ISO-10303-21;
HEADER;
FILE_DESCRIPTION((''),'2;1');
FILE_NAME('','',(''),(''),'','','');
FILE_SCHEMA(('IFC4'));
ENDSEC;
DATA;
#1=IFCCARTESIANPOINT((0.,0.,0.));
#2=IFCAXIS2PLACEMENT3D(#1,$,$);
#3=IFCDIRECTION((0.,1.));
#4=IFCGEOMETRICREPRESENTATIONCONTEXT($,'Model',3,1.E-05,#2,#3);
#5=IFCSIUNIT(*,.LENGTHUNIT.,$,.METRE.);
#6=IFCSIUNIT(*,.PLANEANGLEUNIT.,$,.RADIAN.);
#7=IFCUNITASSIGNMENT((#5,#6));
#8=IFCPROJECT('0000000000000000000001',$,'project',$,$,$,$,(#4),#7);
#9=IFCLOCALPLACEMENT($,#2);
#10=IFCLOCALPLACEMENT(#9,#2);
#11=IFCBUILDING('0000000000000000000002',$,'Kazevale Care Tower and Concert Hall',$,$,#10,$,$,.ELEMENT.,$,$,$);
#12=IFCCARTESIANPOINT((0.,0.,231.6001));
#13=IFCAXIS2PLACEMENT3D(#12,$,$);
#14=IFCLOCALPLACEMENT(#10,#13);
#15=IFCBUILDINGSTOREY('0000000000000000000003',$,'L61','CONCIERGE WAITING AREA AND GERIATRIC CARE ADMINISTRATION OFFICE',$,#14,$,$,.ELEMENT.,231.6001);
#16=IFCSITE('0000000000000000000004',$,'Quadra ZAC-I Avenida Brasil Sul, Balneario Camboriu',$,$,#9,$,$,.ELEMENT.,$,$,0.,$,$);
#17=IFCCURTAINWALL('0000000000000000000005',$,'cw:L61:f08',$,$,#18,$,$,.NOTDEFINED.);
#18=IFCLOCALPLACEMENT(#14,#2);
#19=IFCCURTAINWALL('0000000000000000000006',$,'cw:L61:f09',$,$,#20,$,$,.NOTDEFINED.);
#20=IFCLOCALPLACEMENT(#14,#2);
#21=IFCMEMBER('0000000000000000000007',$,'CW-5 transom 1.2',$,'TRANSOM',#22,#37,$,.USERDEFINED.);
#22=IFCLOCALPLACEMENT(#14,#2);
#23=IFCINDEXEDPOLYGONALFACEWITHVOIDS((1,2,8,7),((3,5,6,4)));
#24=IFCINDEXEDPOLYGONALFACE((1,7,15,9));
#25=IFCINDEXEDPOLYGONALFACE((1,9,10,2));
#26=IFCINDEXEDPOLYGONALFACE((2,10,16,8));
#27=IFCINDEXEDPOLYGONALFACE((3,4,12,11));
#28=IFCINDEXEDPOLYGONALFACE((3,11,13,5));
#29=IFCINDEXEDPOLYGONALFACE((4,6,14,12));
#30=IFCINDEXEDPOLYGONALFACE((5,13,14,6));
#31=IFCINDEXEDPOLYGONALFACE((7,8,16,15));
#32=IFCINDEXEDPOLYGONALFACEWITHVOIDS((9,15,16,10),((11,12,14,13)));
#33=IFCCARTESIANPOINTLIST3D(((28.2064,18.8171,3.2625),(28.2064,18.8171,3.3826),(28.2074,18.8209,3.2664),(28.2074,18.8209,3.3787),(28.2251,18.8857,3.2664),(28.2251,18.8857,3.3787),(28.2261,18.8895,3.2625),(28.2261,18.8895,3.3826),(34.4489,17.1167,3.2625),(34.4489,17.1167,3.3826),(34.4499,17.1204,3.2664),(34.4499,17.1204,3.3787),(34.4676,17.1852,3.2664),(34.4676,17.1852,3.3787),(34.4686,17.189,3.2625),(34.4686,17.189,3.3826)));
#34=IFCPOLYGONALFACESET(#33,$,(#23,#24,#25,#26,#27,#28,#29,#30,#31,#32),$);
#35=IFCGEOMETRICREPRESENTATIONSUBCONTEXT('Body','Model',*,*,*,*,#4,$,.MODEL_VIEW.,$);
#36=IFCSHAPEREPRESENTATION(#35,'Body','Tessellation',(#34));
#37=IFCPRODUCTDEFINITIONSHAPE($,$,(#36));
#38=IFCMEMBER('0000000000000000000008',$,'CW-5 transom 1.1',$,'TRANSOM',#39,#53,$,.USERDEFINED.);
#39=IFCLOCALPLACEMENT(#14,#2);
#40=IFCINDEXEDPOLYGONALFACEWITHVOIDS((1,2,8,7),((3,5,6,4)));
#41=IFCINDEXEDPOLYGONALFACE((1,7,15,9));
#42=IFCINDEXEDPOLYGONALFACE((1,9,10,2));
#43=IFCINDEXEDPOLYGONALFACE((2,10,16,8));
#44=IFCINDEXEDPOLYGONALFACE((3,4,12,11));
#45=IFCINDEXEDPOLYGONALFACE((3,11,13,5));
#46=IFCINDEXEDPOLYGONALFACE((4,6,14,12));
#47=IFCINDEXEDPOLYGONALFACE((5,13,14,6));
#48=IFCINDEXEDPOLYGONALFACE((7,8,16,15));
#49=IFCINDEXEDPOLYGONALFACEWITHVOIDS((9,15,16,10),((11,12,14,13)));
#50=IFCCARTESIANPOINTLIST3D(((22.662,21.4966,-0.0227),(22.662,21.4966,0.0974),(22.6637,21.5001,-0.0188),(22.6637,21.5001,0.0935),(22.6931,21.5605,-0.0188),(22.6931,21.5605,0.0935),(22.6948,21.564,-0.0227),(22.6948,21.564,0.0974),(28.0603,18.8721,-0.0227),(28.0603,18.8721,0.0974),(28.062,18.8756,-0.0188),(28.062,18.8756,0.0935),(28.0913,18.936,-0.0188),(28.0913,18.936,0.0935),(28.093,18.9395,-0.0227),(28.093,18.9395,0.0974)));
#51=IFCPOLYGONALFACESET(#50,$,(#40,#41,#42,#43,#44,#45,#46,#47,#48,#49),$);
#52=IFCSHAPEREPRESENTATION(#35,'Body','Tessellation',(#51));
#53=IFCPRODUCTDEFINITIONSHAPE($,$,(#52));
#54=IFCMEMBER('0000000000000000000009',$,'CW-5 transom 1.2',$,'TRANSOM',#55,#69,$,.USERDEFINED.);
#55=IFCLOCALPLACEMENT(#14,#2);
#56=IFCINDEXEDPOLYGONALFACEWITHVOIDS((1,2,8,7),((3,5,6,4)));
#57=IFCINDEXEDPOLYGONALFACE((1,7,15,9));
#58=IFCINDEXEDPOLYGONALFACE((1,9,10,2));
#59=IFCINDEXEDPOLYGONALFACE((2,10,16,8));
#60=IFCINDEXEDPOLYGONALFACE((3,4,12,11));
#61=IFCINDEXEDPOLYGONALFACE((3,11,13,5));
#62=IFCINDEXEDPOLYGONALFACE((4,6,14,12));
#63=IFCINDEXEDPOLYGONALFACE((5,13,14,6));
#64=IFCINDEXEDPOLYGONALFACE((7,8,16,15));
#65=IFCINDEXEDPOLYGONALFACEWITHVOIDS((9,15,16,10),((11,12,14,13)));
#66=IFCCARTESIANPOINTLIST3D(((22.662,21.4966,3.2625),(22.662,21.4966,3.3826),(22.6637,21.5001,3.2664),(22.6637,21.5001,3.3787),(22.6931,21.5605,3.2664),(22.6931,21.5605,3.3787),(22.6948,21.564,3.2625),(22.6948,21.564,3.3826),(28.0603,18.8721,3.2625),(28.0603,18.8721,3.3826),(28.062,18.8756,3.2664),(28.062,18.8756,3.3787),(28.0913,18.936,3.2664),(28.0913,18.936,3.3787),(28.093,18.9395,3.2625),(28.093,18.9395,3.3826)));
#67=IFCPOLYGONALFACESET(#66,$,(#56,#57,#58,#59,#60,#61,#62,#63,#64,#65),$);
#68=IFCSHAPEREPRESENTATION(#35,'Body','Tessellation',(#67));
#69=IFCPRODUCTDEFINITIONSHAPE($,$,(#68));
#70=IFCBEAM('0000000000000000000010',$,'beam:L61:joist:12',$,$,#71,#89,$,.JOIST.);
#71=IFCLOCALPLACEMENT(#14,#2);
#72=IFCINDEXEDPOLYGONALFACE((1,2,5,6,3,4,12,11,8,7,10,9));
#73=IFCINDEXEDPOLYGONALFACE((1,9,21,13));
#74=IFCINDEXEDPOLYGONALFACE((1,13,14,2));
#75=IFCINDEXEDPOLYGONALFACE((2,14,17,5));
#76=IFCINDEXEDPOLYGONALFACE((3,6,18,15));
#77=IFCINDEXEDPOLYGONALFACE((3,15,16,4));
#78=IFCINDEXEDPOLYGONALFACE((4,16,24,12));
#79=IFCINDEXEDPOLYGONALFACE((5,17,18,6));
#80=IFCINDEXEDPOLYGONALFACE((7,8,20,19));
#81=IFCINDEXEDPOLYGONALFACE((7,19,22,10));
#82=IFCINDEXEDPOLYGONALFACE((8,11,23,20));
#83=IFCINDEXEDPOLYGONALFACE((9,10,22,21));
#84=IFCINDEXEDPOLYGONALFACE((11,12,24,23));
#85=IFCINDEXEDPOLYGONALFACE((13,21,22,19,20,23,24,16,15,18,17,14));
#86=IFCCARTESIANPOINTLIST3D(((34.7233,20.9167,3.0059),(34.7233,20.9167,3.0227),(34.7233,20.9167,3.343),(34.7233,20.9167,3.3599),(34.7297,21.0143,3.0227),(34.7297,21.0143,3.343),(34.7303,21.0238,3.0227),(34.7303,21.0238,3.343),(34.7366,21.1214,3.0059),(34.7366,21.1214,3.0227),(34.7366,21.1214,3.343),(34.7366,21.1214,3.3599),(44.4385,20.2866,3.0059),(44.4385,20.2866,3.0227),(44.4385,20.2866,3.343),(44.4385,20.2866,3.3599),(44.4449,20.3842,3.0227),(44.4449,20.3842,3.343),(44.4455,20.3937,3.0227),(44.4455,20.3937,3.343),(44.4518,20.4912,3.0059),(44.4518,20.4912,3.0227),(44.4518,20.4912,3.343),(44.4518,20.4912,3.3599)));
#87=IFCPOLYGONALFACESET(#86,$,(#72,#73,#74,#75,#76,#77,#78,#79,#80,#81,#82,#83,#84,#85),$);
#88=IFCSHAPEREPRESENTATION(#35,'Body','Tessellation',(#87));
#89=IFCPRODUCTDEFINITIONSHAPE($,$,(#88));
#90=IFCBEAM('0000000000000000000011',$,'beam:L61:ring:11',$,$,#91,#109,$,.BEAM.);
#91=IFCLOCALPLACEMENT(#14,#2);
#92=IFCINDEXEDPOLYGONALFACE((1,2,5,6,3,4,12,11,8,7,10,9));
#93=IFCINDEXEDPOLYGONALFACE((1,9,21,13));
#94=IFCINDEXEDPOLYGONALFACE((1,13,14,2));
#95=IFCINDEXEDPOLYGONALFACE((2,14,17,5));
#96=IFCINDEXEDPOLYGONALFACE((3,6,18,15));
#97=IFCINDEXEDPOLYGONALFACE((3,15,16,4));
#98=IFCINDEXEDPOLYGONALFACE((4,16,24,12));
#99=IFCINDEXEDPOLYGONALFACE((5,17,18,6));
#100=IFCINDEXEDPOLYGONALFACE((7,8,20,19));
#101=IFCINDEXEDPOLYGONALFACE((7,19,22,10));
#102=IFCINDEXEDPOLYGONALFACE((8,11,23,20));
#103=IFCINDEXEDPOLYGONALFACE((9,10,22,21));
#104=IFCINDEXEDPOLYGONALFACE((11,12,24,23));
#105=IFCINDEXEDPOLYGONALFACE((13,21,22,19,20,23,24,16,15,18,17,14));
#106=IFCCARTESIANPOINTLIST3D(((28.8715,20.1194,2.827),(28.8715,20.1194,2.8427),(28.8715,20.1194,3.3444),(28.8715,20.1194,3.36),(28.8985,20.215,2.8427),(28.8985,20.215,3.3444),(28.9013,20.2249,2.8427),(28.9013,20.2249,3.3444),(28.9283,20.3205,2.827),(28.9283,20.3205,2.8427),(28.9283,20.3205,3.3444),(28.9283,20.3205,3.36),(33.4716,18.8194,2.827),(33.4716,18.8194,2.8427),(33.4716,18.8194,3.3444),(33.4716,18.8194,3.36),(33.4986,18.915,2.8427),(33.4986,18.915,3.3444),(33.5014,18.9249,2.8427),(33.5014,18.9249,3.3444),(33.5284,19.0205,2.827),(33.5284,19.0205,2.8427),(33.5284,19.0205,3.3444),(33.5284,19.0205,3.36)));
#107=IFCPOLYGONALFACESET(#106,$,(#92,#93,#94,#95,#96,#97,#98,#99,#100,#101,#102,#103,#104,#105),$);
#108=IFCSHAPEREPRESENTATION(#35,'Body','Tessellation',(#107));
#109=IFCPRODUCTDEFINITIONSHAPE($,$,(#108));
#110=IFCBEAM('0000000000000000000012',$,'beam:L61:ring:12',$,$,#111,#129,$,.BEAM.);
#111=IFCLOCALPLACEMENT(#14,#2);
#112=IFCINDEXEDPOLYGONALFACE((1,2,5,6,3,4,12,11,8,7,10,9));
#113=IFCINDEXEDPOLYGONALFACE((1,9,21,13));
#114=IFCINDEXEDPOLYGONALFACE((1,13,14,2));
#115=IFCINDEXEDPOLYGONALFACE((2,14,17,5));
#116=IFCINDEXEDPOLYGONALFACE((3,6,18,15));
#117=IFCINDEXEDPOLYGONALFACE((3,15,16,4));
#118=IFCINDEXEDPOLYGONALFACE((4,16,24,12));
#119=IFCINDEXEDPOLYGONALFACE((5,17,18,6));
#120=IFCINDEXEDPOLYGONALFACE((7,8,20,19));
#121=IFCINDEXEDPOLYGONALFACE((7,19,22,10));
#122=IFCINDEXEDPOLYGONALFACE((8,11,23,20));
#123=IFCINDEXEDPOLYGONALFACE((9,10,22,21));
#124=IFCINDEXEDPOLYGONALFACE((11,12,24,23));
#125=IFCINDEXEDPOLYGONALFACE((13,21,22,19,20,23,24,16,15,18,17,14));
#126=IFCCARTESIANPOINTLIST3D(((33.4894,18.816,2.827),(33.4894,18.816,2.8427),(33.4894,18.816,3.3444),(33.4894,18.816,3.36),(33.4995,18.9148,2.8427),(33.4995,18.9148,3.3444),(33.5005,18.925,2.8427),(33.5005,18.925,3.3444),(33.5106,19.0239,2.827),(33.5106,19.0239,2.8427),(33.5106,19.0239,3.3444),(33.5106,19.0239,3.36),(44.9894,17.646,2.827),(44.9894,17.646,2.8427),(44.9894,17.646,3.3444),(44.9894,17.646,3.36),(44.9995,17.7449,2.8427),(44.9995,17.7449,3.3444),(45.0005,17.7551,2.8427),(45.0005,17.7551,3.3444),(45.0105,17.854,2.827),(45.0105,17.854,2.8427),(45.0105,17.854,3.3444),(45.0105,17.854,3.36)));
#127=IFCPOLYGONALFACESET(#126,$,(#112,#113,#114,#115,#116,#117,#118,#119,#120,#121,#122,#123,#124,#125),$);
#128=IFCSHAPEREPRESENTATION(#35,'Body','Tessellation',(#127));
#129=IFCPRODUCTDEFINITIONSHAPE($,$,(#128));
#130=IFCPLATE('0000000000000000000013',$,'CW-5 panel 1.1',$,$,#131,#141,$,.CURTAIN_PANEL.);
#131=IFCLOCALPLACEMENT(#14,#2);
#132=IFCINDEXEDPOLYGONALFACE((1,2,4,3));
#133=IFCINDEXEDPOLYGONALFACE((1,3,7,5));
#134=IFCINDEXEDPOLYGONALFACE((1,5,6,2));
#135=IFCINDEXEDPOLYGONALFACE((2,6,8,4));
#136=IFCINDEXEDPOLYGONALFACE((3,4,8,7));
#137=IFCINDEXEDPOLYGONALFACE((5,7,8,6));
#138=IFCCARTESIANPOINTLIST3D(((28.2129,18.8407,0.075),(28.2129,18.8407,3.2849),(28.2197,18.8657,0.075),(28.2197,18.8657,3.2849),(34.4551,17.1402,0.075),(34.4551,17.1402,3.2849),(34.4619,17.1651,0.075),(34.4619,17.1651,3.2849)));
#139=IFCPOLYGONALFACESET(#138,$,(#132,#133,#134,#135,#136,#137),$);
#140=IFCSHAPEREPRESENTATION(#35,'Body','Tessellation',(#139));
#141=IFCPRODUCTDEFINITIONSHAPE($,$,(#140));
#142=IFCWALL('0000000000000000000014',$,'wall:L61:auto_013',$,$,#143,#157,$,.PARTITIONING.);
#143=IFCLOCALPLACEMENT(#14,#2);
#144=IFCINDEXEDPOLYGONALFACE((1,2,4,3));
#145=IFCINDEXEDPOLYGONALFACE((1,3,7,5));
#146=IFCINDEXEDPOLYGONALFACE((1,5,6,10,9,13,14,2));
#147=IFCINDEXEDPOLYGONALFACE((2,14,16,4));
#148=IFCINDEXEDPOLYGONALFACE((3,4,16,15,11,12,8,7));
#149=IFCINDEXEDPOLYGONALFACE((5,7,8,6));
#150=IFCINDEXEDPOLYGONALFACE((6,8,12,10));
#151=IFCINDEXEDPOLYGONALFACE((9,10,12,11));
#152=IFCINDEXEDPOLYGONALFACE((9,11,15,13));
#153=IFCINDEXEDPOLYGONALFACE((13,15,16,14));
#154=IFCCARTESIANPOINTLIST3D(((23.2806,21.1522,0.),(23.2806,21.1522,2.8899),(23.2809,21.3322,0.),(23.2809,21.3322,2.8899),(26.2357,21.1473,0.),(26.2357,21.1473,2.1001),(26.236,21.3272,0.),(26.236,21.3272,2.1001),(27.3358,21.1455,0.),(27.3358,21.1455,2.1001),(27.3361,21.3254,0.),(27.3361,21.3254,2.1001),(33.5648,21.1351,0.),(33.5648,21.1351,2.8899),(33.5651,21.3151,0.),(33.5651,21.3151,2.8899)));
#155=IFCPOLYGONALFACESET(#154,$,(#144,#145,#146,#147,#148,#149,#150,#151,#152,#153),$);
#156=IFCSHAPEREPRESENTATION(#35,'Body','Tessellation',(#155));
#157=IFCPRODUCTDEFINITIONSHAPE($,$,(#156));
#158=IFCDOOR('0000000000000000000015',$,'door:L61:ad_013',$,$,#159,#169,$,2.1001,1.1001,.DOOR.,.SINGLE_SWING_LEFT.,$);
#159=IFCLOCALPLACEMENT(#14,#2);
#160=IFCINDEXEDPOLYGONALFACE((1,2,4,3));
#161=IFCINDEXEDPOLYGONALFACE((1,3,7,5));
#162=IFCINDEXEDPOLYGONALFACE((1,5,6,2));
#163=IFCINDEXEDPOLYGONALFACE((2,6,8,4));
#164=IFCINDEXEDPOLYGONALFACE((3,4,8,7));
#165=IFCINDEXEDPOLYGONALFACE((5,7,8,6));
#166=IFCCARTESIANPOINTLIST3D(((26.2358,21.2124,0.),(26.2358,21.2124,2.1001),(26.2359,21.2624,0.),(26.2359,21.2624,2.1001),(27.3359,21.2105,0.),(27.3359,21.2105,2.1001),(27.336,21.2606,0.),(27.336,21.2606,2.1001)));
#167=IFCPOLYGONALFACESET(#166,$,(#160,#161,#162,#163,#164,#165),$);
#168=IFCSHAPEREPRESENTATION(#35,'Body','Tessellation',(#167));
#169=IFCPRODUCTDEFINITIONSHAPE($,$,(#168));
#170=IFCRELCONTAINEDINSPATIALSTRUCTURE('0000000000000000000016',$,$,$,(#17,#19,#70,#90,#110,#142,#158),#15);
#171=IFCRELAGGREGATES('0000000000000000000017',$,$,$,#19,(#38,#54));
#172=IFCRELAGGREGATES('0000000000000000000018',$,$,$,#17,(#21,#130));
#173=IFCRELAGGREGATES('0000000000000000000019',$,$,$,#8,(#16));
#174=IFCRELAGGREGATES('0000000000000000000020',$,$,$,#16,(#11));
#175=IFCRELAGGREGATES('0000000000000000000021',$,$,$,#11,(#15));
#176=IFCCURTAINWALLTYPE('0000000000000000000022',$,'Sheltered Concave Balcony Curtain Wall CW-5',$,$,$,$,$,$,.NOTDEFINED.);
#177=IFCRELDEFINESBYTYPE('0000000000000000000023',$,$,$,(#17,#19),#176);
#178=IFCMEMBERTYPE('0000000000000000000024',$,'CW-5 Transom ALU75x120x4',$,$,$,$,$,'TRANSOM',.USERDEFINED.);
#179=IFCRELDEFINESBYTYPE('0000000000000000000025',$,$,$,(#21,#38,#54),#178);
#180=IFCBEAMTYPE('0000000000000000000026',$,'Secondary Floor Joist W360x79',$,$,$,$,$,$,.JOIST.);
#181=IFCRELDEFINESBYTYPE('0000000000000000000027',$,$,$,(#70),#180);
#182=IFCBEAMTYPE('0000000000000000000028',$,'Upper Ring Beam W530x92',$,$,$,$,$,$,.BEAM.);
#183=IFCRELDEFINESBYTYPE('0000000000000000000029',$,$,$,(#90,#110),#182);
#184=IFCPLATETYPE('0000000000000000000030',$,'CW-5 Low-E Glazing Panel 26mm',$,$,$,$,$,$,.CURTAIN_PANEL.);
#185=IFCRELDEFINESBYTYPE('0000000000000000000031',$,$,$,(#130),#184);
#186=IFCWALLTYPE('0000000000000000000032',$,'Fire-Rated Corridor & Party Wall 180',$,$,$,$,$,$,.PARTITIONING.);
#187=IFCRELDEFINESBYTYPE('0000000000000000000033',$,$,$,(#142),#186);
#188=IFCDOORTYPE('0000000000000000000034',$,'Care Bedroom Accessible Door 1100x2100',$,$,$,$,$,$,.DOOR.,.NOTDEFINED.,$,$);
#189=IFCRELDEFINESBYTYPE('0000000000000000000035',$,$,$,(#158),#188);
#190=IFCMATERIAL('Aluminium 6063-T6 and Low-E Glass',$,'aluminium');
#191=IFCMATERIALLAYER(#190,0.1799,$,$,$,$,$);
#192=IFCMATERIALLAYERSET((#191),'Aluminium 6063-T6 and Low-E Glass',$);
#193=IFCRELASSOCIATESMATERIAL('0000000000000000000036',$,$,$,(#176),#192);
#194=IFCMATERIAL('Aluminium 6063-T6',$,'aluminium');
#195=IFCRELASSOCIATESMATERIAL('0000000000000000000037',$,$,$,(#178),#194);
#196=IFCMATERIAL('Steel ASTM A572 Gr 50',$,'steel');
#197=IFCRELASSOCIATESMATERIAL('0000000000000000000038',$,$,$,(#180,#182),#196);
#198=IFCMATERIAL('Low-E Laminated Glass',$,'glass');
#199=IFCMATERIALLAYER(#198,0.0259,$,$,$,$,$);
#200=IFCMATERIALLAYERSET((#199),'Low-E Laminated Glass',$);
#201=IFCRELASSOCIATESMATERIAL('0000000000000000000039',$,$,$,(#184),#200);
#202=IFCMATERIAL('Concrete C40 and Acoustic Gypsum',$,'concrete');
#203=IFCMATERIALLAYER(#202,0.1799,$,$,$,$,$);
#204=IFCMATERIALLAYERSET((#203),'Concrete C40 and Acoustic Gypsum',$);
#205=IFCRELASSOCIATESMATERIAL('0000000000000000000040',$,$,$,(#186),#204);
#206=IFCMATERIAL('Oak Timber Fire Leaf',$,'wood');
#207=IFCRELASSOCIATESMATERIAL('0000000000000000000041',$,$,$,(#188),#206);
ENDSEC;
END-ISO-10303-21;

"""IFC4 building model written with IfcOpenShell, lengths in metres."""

from ifc_helpers import new_model, si_unit, direction, frame, frame_2d, origin, origin_2d, place, context, subcontext, project, spatial, rectangle, hollow_rectangle, i_section, extrude, material, layer, layer_set, material_profile, profile_set, type_object, element, fill, aggregate, save


model = new_model("IFC4")

# Units and contexts
model_context = context("Model", 3, precision=1e-05, world=origin(), true_north=direction((0.0, 1.0)))
body_context = subcontext(model_context, "Body", "Model", "MODEL_VIEW")
ifc_project = project(units=[si_unit("LENGTHUNIT", "METRE"), si_unit("PLANEANGLEUNIT", "RADIAN")], contexts=[model_context])

# Site, building, storey
site_placement = place(None, origin())
site = spatial("IfcSite", under=ifc_project, at=site_placement, Name="Quadra ZAC-I Avenida Brasil Sul, Balneario Camboriu", CompositionType="ELEMENT", RefElevation=0.0)
building_placement = place(site_placement, origin())
building = spatial("IfcBuilding", under=site, at=building_placement, Name="Kazevale Care Tower and Concert Hall", CompositionType="ELEMENT")
storey_placement = place(building_placement, frame((0.0, 0.0, 231.6001)))
storey = spatial("IfcBuildingStorey", under=building, at=storey_placement, Name="L61", Description="CONCIERGE WAITING AREA AND GERIATRIC CARE ADMINISTRATION OFFICE", CompositionType="ELEMENT", Elevation=231.6001)

# Shared definitions
ifc_material_1 = material(Name="Aluminium 6063-T6 and Low-E Glass", Category="aluminium")
ifc_layer_1 = layer(ifc_material_1, 0.1799)
ifc_layer_set_1 = layer_set([ifc_layer_1], Name="Aluminium 6063-T6 and Low-E Glass")
curtain_wall_type = type_object("IfcCurtainWallType", Name="Sheltered Concave Balcony Curtain Wall CW-5", PredefinedType="NOTDEFINED", material=ifc_layer_set_1)
ifc_material_2 = material(Name="Aluminium 6063-T6", Category="aluminium")

# Curtain wall
curtain_wall_1_placement = place(storey_placement, origin())
curtain_wall_1 = element("IfcCurtainWall", 1, at=curtain_wall_1_placement, inside=storey, type_object=curtain_wall_type, Name="cw:L61:f08", PredefinedType="NOTDEFINED")

# Curtain wall
curtain_wall_2_placement = place(storey_placement, origin())
curtain_wall_2 = element("IfcCurtainWall", 2, at=curtain_wall_2_placement, inside=storey, type_object=curtain_wall_type, Name="cw:L61:f09", PredefinedType="NOTDEFINED")

# Members
ifc_material_profile_1 = material_profile(ifc_material_2, hollow_rectangle(XDim=0.075, YDim=0.1201, WallThickness=0.0039, at=origin_2d()), Name="ALU75x120x4")
ifc_profile_set_1 = profile_set([ifc_material_profile_1], Name="Aluminium 6063-T6")
member_type_1 = type_object("IfcMemberType", Name="CW-5 Transom ALU75x120x4", ElementType="TRANSOM", PredefinedType="USERDEFINED", material=ifc_profile_set_1)
member_1_placement = place(storey_placement, frame((34.4587, 17.1528, 3.3225), z_axis=(-0.964844, 0.262824, 0.0), x_axis=(-0.262824, -0.964844, 0.0)))
member_1 = element("IfcMember", 3, at=member_1_placement, type_object=member_type_1, Name="CW-5 transom 1.2", ObjectType="TRANSOM", PredefinedType="USERDEFINED", context=body_context, shape_type="SweptSolid", body=[
    extrude(hollow_rectangle(XDim=0.075, YDim=0.1201, WallThickness=0.0039, at=origin_2d()), origin(), (0.0, 0.0, 1.0), 6.47),
])
member_2_placement = place(storey_placement, frame((28.0767, 18.9058, 0.0374), z_axis=(-0.899342, 0.437245, 0.0), x_axis=(-0.437245, -0.899342, 0.0)))
member_2 = element("IfcMember", 4, at=member_2_placement, type_object=member_type_1, Name="CW-5 transom 1.1", ObjectType="TRANSOM", PredefinedType="USERDEFINED", context=body_context, shape_type="SweptSolid", body=[
    extrude(hollow_rectangle(XDim=0.075, YDim=0.1201, WallThickness=0.0039, at=origin_2d()), origin(), (0.0, 0.0, 1.0), 6.0024),
])
member_3_placement = place(storey_placement, frame((28.0767, 18.9058, 3.3225), z_axis=(-0.899342, 0.437245, 0.0), x_axis=(-0.437245, -0.899342, 0.0)))
member_3 = element("IfcMember", 5, at=member_3_placement, type_object=member_type_1, Name="CW-5 transom 1.2", ObjectType="TRANSOM", PredefinedType="USERDEFINED", context=body_context, shape_type="SweptSolid", body=[
    extrude(hollow_rectangle(XDim=0.075, YDim=0.1201, WallThickness=0.0039, at=origin_2d()), origin(), (0.0, 0.0, 1.0), 6.0024),
])
aggregate(curtain_wall_2, [member_2, member_3])

# Beams
ifc_material_3 = material(Name="Steel ASTM A572 Gr 50", Category="steel")
ifc_material_profile_2 = material_profile(ifc_material_3, i_section(OverallWidth=0.2051, OverallDepth=0.354, WebThickness=0.0095, FlangeThickness=0.0168, at=origin_2d()), Name="W360x79")
ifc_profile_set_2 = profile_set([ifc_material_profile_2], Name="Steel ASTM A572 Gr 50")
beam_type_1 = type_object("IfcBeamType", Name="Secondary Floor Joist W360x79", PredefinedType="JOIST", material=ifc_profile_set_2)
beam_1_placement = place(storey_placement, frame((34.73, 21.019, 3.1829), z_axis=(0.997903, -0.064725, 0.0), x_axis=(0.064725, 0.997903, 0.0)))
element("IfcBeam", 6, at=beam_1_placement, inside=storey, type_object=beam_type_1, Name="beam:L61:joist:12", PredefinedType="JOIST", context=body_context, shape_type="SweptSolid", body=[
    extrude(i_section(OverallWidth=0.2051, OverallDepth=0.354, WebThickness=0.0095, FlangeThickness=0.0168, at=origin_2d()), origin(), (0.0, 0.0, 1.0), 9.7356),
])
ifc_material_profile_3 = material_profile(ifc_material_3, i_section(OverallWidth=0.209, OverallDepth=0.533, WebThickness=0.0103, FlangeThickness=0.0156, at=origin_2d()), Name="W530x92")
ifc_profile_set_3 = profile_set([ifc_material_profile_3], Name="Steel ASTM A572 Gr 50")
beam_type_2 = type_object("IfcBeamType", Name="Upper Ring Beam W530x92", PredefinedType="BEAM", material=ifc_profile_set_3)
beam_2_placement = place(storey_placement, frame((28.8999, 20.22, 3.0935), z_axis=(0.962308, -0.271961, 0.0), x_axis=(0.271961, 0.962308, 0.0)))
element("IfcBeam", 7, at=beam_2_placement, inside=storey, type_object=beam_type_2, Name="beam:L61:ring:11", PredefinedType="BEAM", context=body_context, shape_type="SweptSolid", body=[
    extrude(i_section(OverallWidth=0.209, OverallDepth=0.533, WebThickness=0.0103, FlangeThickness=0.0156, at=origin_2d()), origin(), (0.0, 0.0, 1.0), 4.7803),
])
beam_3_placement = place(storey_placement, frame((33.5, 18.9199, 3.0935), z_axis=(0.994865, -0.10121, 0.0), x_axis=(0.10121, 0.994865, 0.0)))
element("IfcBeam", 8, at=beam_3_placement, inside=storey, type_object=beam_type_2, Name="beam:L61:ring:12", PredefinedType="BEAM", context=body_context, shape_type="SweptSolid", body=[
    extrude(i_section(OverallWidth=0.209, OverallDepth=0.533, WebThickness=0.0103, FlangeThickness=0.0156, at=origin_2d()), origin(), (0.0, 0.0, 1.0), 11.5593),
])

# Plate
ifc_material_4 = material(Name="Low-E Laminated Glass", Category="glass")
ifc_layer_2 = layer(ifc_material_4, 0.0259)
ifc_layer_set_2 = layer_set([ifc_layer_2], Name="Low-E Laminated Glass")
plate_type = type_object("IfcPlateType", Name="CW-5 Low-E Glazing Panel 26mm", PredefinedType="CURTAIN_PANEL", material=ifc_layer_set_2)
plate_placement = place(storey_placement, frame((31.3374, 18.0029, 0.075), z_axis=(0.0, 0.0, 1.0), x_axis=(-0.964837, 0.262849, 0.0)))
plate = element("IfcPlate", 9, at=plate_placement, type_object=plate_type, Name="CW-5 panel 1.1", PredefinedType="CURTAIN_PANEL", context=body_context, shape_type="SweptSolid", body=[
    extrude(rectangle(XDim=6.4697, YDim=0.0259, at=origin_2d()), origin(), (0.0, 0.0, 1.0), 3.21),
])
aggregate(curtain_wall_1, [member_1, plate])

# Wall, opening, door
ifc_material_5 = material(Name="Concrete C40 and Acoustic Gypsum", Category="concrete")
ifc_layer_3 = layer(ifc_material_5, 0.1799)
ifc_layer_set_3 = layer_set([ifc_layer_3], Name="Concrete C40 and Acoustic Gypsum")
wall_type = type_object("IfcWallType", Name="Fire-Rated Corridor & Party Wall 180", PredefinedType="PARTITIONING", material=ifc_layer_set_3)
wall_placement = place(storey_placement, frame((33.5649, 21.2251, 0.0), z_axis=(0.0, 0.0, 1.0), x_axis=(-0.999999, 0.001662, 0.0)))
wall = element("IfcWall", 10, at=wall_placement, inside=storey, type_object=wall_type, Name="wall:L61:auto_013", PredefinedType="PARTITIONING", context=body_context, shape_type="SweptSolid", body=[
    extrude(rectangle(XDim=10.2842, YDim=0.1799, at=frame_2d((5.1421, 0.0))), origin(), (0.0, 0.0, 1.0), 2.8899),
])
opening_placement = place(wall_placement, frame((6.229, 0.0, 0.0)))
opening = element("IfcOpeningElement", 11, at=opening_placement, cuts=wall, PredefinedType="OPENING", context=body_context, shape_type="SweptSolid", body=[
    extrude(rectangle(XDim=1.1001, YDim=2.1001, at=frame_2d((0.55, 1.05))), frame((0.0, 0.0999, 0.0), z_axis=(0.0, -1.0, 0.0), x_axis=(1.0, 0.0, 0.0)), (0.0, 0.0, 1.0), 0.2),
])
ifc_material_6 = material(Name="Oak Timber Fire Leaf", Category="wood")
door_type = type_object("IfcDoorType", Name="Care Bedroom Accessible Door 1100x2100", OperationType="NOTDEFINED", PredefinedType="DOOR", material=ifc_material_6)
door_placement = place(opening_placement, origin())
door = element("IfcDoor", 12, at=door_placement, inside=storey, type_object=door_type, Name="door:L61:ad_013", OperationType="SINGLE_SWING_LEFT", OverallHeight=2.1001, OverallWidth=1.1001, PredefinedType="DOOR", context=body_context, shape_type="SweptSolid", body=[
    extrude(rectangle(XDim=1.1001, YDim=2.1001, at=frame_2d((0.55, 1.05))), frame((0.0, 0.0249, 0.0), z_axis=(0.0, -1.0, 0.0), x_axis=(1.0, 0.0, 0.0)), (0.0, 0.0, 1.0), 0.05),
])
fill(opening, door)

save(model, "model.ifc")
